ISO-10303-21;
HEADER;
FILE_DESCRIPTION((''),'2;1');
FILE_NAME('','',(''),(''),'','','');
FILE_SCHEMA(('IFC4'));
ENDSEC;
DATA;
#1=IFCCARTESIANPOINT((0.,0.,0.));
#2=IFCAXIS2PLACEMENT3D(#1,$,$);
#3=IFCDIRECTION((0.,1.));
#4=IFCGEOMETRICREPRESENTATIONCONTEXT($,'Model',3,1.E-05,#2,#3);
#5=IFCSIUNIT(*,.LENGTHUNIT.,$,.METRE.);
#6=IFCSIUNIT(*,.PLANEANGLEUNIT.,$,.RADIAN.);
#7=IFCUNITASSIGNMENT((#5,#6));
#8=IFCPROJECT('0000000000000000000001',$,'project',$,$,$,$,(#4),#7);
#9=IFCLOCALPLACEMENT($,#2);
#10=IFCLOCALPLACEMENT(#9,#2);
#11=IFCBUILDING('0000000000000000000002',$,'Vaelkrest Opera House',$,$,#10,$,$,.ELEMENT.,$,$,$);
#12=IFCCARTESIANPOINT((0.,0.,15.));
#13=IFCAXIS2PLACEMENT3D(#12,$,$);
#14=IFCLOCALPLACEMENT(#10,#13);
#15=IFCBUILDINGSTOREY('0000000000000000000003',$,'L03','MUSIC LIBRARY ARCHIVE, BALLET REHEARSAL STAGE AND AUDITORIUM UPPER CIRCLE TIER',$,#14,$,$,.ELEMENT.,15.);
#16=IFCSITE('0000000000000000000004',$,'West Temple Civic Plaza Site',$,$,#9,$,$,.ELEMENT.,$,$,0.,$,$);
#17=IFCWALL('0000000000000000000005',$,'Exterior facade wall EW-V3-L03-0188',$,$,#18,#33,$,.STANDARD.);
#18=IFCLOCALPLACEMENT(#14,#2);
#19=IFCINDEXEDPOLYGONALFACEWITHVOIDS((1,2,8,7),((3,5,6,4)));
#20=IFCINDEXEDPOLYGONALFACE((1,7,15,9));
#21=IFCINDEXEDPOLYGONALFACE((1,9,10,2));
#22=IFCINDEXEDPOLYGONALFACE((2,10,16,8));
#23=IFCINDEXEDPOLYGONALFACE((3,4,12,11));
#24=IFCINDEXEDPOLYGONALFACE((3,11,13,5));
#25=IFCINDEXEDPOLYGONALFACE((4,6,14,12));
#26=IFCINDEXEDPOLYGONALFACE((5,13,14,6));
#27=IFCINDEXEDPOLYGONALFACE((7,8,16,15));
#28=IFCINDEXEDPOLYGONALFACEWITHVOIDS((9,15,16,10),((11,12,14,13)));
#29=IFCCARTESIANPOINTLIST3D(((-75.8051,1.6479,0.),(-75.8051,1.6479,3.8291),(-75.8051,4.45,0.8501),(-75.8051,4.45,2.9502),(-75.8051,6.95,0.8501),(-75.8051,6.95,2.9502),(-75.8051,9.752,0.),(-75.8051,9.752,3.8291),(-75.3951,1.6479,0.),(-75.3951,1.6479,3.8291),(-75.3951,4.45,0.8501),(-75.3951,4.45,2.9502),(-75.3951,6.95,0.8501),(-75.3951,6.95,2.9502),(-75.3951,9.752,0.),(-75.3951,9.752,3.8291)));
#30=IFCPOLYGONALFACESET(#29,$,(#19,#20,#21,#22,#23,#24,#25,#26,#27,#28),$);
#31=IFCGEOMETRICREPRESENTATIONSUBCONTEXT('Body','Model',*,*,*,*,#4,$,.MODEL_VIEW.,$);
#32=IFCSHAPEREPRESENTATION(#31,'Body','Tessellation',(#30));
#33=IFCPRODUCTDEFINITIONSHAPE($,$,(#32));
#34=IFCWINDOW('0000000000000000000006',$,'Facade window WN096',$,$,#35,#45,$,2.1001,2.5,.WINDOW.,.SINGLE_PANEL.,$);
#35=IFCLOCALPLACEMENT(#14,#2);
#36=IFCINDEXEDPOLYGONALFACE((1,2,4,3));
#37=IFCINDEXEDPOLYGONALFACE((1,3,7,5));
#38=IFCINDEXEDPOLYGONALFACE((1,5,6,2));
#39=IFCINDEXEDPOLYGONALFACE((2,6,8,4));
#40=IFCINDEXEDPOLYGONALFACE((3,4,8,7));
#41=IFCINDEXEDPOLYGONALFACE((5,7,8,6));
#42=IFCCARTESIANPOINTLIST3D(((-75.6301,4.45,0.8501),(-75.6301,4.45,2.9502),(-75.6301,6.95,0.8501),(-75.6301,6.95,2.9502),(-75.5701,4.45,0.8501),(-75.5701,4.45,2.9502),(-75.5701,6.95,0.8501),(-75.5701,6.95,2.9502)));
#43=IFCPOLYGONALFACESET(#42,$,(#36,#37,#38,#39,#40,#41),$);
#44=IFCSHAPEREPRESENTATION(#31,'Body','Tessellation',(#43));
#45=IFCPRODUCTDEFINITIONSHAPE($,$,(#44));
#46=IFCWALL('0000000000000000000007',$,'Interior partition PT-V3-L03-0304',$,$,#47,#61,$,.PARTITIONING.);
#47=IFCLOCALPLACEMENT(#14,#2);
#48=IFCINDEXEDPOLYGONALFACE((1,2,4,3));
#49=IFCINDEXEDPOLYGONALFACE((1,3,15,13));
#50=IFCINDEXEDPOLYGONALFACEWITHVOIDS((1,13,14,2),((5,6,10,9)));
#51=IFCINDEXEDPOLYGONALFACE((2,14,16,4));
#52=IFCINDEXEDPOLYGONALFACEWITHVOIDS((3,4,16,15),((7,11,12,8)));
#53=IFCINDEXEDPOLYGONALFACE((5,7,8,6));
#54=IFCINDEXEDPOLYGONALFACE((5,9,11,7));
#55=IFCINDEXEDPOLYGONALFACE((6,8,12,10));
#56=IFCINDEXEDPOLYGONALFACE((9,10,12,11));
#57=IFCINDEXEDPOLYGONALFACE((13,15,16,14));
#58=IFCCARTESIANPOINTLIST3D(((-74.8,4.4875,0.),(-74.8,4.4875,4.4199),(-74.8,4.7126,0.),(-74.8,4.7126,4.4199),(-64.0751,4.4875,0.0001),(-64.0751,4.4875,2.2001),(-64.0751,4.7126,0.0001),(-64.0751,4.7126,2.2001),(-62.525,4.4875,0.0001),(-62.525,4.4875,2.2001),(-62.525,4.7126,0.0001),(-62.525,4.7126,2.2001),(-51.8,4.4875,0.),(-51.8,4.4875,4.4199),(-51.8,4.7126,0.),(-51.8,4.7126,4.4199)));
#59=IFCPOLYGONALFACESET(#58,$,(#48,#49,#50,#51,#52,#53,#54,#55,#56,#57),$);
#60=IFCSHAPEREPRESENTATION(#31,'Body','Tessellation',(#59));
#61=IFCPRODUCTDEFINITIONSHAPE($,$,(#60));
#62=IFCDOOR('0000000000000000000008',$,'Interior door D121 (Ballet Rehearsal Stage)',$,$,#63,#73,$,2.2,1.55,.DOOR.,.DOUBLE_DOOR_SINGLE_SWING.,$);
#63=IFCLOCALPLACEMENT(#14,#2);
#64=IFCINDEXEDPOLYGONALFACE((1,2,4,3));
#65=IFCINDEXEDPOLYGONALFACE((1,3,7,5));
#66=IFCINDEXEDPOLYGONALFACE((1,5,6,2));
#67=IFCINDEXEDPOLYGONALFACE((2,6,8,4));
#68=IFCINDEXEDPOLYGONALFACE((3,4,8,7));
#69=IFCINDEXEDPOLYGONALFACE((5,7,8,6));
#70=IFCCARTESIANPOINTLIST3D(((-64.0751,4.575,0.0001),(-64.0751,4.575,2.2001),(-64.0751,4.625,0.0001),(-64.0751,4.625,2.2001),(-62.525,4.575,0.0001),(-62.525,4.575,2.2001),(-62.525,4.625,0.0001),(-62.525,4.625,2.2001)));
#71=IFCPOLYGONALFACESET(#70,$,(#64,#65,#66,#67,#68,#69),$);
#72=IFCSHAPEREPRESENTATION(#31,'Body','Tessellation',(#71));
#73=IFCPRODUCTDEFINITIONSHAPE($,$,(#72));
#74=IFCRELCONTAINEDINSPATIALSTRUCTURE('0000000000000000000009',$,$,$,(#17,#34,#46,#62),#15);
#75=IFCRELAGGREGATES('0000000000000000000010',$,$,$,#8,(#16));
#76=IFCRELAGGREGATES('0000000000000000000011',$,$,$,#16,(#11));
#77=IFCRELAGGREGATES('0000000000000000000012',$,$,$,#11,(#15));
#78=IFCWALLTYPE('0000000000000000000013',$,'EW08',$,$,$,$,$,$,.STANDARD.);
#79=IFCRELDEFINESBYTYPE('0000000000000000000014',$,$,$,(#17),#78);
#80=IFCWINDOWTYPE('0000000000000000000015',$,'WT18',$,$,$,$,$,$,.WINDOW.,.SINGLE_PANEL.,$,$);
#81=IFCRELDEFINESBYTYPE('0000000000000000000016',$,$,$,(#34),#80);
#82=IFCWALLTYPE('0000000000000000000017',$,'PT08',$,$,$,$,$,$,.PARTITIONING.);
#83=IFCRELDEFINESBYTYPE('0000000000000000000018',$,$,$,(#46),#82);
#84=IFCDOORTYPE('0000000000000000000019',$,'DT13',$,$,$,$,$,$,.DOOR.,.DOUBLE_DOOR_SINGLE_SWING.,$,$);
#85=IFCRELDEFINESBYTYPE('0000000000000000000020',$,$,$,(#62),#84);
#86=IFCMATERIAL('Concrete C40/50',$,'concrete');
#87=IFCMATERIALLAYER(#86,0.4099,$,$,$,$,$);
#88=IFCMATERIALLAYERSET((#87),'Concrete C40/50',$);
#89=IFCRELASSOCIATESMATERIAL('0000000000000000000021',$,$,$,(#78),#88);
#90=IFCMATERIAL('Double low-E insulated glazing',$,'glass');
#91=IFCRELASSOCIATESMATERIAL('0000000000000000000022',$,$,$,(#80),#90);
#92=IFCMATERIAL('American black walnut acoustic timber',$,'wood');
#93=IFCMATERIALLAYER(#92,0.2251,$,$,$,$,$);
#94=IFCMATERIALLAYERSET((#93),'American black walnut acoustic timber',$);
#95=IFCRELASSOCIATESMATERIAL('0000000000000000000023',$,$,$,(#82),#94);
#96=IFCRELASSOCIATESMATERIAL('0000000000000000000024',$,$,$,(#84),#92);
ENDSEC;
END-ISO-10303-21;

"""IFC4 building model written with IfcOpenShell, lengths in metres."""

from ifc_helpers import new_model, si_unit, direction, frame, frame_2d, origin, place, context, subcontext, project, spatial, rectangle, extrude, material, layer, layer_set, type_object, element, fill, save


model = new_model("IFC4")

# Units and contexts
model_context = context("Model", 3, precision=1e-05, world=origin(), true_north=direction((0.0, 1.0)))
body_context = subcontext(model_context, "Body", "Model", "MODEL_VIEW")
ifc_project = project(units=[si_unit("LENGTHUNIT", "METRE"), si_unit("PLANEANGLEUNIT", "RADIAN")], contexts=[model_context])

# Site, building, storey
site_placement = place(None, origin())
site = spatial("IfcSite", under=ifc_project, at=site_placement, Name="West Temple Civic Plaza Site", CompositionType="ELEMENT", RefElevation=0.0)
building_placement = place(site_placement, origin())
building = spatial("IfcBuilding", under=site, at=building_placement, Name="Vaelkrest Opera House", CompositionType="ELEMENT")
storey_placement = place(building_placement, frame((0.0, 0.0, 15.0)))
storey = spatial("IfcBuildingStorey", under=building, at=storey_placement, Name="L03", Description="MUSIC LIBRARY ARCHIVE, BALLET REHEARSAL STAGE AND AUDITORIUM UPPER CIRCLE TIER", CompositionType="ELEMENT", Elevation=15.0)

# Shared definitions
ifc_material_1 = material(Name="Double low-E insulated glazing", Category="glass")

# Wall, opening, window
ifc_material_2 = material(Name="Concrete C40/50", Category="concrete")
ifc_layer_1 = layer(ifc_material_2, 0.4099)
ifc_layer_set_1 = layer_set([ifc_layer_1], Name="Concrete C40/50")
wall_type_1 = type_object("IfcWallType", Name="EW08", PredefinedType="STANDARD", material=ifc_layer_set_1)
wall_1_placement = place(storey_placement, frame((-75.6001, 1.6479, 0.0), z_axis=(0.0, 0.0, 1.0), x_axis=(0.0, 1.0, 0.0)))
wall_1 = element("IfcWall", 1, at=wall_1_placement, inside=storey, type_object=wall_type_1, Name="Exterior facade wall EW-V3-L03-0188", PredefinedType="STANDARD", context=body_context, shape_type="SweptSolid", body=[
    extrude(rectangle(XDim=8.104, YDim=0.4099, at=frame_2d((4.052, 0.0))), origin(), (0.0, 0.0, 1.0), 3.8291),
])
opening_1_placement = place(wall_1_placement, frame((2.802, 0.0, 0.8501)))
opening_1 = element("IfcOpeningElement", 2, at=opening_1_placement, cuts=wall_1, PredefinedType="OPENING", context=body_context, shape_type="SweptSolid", body=[
    extrude(rectangle(XDim=2.5, YDim=2.1001, at=frame_2d((1.25, 1.05))), frame((0.0, 0.2148, 0.0), z_axis=(0.0, -1.0, 0.0), x_axis=(1.0, 0.0, 0.0)), (0.0, 0.0, 1.0), 0.4299),
])
window_type = type_object("IfcWindowType", Name="WT18", PartitioningType="SINGLE_PANEL", PredefinedType="WINDOW", material=ifc_material_1)
window_placement = place(opening_1_placement, origin())
window = element("IfcWindow", 3, at=window_placement, inside=storey, type_object=window_type, Name="Facade window WN096", OverallHeight=2.1001, OverallWidth=2.5, PartitioningType="SINGLE_PANEL", PredefinedType="WINDOW", context=body_context, shape_type="SweptSolid", body=[
    extrude(rectangle(XDim=2.5, YDim=2.1001, at=frame_2d((1.25, 1.05))), frame((0.0, 0.03, 0.0), z_axis=(0.0, -1.0, 0.0), x_axis=(1.0, 0.0, 0.0)), (0.0, 0.0, 1.0), 0.0601),
])
fill(opening_1, window)

# Wall, opening, door
ifc_material_3 = material(Name="American black walnut acoustic timber", Category="wood")
ifc_layer_2 = layer(ifc_material_3, 0.2251)
ifc_layer_set_2 = layer_set([ifc_layer_2], Name="American black walnut acoustic timber")
wall_type_2 = type_object("IfcWallType", Name="PT08", PredefinedType="PARTITIONING", material=ifc_layer_set_2)
wall_2_placement = place(storey_placement, frame((-74.8, 4.6001, 0.0), z_axis=(0.0, 0.0, 1.0), x_axis=(1.0, 0.0, 0.0)))
wall_2 = element("IfcWall", 4, at=wall_2_placement, inside=storey, type_object=wall_type_2, Name="Interior partition PT-V3-L03-0304", PredefinedType="PARTITIONING", context=body_context, shape_type="SweptSolid", body=[
    extrude(rectangle(XDim=23.0, YDim=0.2251, at=frame_2d((11.5, 0.0))), origin(), (0.0, 0.0, 1.0), 4.4199),
])
opening_2_placement = place(wall_2_placement, frame((10.7251, 0.0, 0.0)))
opening_2 = element("IfcOpeningElement", 5, at=opening_2_placement, cuts=wall_2, PredefinedType="OPENING", context=body_context, shape_type="SweptSolid", body=[
    extrude(rectangle(XDim=1.55, YDim=2.2, at=frame_2d((0.7749, 1.1001))), frame((0.0, 0.1226, 0.0), z_axis=(0.0, -1.0, 0.0), x_axis=(1.0, 0.0, 0.0)), (0.0, 0.0, 1.0), 0.2451),
])
door_type_1 = type_object("IfcDoorType", Name="DT13", OperationType="DOUBLE_DOOR_SINGLE_SWING", PredefinedType="DOOR", material=ifc_material_3)
door_1_placement = place(opening_2_placement, origin())
door_1 = element("IfcDoor", 6, at=door_1_placement, inside=storey, type_object=door_type_1, Name="Interior door D121 (Ballet Rehearsal Stage)", OperationType="DOUBLE_DOOR_SINGLE_SWING", OverallHeight=2.2, OverallWidth=1.55, PredefinedType="DOOR", context=body_context, shape_type="SweptSolid", body=[
    extrude(rectangle(XDim=1.55, YDim=2.2, at=frame_2d((0.7749, 1.1001))), frame((0.0, 0.0249, 0.0), z_axis=(0.0, -1.0, 0.0), x_axis=(1.0, 0.0, 0.0)), (0.0, 0.0, 1.0), 0.05),
])
fill(opening_2, door_1)

save(model, "model.ifc")
